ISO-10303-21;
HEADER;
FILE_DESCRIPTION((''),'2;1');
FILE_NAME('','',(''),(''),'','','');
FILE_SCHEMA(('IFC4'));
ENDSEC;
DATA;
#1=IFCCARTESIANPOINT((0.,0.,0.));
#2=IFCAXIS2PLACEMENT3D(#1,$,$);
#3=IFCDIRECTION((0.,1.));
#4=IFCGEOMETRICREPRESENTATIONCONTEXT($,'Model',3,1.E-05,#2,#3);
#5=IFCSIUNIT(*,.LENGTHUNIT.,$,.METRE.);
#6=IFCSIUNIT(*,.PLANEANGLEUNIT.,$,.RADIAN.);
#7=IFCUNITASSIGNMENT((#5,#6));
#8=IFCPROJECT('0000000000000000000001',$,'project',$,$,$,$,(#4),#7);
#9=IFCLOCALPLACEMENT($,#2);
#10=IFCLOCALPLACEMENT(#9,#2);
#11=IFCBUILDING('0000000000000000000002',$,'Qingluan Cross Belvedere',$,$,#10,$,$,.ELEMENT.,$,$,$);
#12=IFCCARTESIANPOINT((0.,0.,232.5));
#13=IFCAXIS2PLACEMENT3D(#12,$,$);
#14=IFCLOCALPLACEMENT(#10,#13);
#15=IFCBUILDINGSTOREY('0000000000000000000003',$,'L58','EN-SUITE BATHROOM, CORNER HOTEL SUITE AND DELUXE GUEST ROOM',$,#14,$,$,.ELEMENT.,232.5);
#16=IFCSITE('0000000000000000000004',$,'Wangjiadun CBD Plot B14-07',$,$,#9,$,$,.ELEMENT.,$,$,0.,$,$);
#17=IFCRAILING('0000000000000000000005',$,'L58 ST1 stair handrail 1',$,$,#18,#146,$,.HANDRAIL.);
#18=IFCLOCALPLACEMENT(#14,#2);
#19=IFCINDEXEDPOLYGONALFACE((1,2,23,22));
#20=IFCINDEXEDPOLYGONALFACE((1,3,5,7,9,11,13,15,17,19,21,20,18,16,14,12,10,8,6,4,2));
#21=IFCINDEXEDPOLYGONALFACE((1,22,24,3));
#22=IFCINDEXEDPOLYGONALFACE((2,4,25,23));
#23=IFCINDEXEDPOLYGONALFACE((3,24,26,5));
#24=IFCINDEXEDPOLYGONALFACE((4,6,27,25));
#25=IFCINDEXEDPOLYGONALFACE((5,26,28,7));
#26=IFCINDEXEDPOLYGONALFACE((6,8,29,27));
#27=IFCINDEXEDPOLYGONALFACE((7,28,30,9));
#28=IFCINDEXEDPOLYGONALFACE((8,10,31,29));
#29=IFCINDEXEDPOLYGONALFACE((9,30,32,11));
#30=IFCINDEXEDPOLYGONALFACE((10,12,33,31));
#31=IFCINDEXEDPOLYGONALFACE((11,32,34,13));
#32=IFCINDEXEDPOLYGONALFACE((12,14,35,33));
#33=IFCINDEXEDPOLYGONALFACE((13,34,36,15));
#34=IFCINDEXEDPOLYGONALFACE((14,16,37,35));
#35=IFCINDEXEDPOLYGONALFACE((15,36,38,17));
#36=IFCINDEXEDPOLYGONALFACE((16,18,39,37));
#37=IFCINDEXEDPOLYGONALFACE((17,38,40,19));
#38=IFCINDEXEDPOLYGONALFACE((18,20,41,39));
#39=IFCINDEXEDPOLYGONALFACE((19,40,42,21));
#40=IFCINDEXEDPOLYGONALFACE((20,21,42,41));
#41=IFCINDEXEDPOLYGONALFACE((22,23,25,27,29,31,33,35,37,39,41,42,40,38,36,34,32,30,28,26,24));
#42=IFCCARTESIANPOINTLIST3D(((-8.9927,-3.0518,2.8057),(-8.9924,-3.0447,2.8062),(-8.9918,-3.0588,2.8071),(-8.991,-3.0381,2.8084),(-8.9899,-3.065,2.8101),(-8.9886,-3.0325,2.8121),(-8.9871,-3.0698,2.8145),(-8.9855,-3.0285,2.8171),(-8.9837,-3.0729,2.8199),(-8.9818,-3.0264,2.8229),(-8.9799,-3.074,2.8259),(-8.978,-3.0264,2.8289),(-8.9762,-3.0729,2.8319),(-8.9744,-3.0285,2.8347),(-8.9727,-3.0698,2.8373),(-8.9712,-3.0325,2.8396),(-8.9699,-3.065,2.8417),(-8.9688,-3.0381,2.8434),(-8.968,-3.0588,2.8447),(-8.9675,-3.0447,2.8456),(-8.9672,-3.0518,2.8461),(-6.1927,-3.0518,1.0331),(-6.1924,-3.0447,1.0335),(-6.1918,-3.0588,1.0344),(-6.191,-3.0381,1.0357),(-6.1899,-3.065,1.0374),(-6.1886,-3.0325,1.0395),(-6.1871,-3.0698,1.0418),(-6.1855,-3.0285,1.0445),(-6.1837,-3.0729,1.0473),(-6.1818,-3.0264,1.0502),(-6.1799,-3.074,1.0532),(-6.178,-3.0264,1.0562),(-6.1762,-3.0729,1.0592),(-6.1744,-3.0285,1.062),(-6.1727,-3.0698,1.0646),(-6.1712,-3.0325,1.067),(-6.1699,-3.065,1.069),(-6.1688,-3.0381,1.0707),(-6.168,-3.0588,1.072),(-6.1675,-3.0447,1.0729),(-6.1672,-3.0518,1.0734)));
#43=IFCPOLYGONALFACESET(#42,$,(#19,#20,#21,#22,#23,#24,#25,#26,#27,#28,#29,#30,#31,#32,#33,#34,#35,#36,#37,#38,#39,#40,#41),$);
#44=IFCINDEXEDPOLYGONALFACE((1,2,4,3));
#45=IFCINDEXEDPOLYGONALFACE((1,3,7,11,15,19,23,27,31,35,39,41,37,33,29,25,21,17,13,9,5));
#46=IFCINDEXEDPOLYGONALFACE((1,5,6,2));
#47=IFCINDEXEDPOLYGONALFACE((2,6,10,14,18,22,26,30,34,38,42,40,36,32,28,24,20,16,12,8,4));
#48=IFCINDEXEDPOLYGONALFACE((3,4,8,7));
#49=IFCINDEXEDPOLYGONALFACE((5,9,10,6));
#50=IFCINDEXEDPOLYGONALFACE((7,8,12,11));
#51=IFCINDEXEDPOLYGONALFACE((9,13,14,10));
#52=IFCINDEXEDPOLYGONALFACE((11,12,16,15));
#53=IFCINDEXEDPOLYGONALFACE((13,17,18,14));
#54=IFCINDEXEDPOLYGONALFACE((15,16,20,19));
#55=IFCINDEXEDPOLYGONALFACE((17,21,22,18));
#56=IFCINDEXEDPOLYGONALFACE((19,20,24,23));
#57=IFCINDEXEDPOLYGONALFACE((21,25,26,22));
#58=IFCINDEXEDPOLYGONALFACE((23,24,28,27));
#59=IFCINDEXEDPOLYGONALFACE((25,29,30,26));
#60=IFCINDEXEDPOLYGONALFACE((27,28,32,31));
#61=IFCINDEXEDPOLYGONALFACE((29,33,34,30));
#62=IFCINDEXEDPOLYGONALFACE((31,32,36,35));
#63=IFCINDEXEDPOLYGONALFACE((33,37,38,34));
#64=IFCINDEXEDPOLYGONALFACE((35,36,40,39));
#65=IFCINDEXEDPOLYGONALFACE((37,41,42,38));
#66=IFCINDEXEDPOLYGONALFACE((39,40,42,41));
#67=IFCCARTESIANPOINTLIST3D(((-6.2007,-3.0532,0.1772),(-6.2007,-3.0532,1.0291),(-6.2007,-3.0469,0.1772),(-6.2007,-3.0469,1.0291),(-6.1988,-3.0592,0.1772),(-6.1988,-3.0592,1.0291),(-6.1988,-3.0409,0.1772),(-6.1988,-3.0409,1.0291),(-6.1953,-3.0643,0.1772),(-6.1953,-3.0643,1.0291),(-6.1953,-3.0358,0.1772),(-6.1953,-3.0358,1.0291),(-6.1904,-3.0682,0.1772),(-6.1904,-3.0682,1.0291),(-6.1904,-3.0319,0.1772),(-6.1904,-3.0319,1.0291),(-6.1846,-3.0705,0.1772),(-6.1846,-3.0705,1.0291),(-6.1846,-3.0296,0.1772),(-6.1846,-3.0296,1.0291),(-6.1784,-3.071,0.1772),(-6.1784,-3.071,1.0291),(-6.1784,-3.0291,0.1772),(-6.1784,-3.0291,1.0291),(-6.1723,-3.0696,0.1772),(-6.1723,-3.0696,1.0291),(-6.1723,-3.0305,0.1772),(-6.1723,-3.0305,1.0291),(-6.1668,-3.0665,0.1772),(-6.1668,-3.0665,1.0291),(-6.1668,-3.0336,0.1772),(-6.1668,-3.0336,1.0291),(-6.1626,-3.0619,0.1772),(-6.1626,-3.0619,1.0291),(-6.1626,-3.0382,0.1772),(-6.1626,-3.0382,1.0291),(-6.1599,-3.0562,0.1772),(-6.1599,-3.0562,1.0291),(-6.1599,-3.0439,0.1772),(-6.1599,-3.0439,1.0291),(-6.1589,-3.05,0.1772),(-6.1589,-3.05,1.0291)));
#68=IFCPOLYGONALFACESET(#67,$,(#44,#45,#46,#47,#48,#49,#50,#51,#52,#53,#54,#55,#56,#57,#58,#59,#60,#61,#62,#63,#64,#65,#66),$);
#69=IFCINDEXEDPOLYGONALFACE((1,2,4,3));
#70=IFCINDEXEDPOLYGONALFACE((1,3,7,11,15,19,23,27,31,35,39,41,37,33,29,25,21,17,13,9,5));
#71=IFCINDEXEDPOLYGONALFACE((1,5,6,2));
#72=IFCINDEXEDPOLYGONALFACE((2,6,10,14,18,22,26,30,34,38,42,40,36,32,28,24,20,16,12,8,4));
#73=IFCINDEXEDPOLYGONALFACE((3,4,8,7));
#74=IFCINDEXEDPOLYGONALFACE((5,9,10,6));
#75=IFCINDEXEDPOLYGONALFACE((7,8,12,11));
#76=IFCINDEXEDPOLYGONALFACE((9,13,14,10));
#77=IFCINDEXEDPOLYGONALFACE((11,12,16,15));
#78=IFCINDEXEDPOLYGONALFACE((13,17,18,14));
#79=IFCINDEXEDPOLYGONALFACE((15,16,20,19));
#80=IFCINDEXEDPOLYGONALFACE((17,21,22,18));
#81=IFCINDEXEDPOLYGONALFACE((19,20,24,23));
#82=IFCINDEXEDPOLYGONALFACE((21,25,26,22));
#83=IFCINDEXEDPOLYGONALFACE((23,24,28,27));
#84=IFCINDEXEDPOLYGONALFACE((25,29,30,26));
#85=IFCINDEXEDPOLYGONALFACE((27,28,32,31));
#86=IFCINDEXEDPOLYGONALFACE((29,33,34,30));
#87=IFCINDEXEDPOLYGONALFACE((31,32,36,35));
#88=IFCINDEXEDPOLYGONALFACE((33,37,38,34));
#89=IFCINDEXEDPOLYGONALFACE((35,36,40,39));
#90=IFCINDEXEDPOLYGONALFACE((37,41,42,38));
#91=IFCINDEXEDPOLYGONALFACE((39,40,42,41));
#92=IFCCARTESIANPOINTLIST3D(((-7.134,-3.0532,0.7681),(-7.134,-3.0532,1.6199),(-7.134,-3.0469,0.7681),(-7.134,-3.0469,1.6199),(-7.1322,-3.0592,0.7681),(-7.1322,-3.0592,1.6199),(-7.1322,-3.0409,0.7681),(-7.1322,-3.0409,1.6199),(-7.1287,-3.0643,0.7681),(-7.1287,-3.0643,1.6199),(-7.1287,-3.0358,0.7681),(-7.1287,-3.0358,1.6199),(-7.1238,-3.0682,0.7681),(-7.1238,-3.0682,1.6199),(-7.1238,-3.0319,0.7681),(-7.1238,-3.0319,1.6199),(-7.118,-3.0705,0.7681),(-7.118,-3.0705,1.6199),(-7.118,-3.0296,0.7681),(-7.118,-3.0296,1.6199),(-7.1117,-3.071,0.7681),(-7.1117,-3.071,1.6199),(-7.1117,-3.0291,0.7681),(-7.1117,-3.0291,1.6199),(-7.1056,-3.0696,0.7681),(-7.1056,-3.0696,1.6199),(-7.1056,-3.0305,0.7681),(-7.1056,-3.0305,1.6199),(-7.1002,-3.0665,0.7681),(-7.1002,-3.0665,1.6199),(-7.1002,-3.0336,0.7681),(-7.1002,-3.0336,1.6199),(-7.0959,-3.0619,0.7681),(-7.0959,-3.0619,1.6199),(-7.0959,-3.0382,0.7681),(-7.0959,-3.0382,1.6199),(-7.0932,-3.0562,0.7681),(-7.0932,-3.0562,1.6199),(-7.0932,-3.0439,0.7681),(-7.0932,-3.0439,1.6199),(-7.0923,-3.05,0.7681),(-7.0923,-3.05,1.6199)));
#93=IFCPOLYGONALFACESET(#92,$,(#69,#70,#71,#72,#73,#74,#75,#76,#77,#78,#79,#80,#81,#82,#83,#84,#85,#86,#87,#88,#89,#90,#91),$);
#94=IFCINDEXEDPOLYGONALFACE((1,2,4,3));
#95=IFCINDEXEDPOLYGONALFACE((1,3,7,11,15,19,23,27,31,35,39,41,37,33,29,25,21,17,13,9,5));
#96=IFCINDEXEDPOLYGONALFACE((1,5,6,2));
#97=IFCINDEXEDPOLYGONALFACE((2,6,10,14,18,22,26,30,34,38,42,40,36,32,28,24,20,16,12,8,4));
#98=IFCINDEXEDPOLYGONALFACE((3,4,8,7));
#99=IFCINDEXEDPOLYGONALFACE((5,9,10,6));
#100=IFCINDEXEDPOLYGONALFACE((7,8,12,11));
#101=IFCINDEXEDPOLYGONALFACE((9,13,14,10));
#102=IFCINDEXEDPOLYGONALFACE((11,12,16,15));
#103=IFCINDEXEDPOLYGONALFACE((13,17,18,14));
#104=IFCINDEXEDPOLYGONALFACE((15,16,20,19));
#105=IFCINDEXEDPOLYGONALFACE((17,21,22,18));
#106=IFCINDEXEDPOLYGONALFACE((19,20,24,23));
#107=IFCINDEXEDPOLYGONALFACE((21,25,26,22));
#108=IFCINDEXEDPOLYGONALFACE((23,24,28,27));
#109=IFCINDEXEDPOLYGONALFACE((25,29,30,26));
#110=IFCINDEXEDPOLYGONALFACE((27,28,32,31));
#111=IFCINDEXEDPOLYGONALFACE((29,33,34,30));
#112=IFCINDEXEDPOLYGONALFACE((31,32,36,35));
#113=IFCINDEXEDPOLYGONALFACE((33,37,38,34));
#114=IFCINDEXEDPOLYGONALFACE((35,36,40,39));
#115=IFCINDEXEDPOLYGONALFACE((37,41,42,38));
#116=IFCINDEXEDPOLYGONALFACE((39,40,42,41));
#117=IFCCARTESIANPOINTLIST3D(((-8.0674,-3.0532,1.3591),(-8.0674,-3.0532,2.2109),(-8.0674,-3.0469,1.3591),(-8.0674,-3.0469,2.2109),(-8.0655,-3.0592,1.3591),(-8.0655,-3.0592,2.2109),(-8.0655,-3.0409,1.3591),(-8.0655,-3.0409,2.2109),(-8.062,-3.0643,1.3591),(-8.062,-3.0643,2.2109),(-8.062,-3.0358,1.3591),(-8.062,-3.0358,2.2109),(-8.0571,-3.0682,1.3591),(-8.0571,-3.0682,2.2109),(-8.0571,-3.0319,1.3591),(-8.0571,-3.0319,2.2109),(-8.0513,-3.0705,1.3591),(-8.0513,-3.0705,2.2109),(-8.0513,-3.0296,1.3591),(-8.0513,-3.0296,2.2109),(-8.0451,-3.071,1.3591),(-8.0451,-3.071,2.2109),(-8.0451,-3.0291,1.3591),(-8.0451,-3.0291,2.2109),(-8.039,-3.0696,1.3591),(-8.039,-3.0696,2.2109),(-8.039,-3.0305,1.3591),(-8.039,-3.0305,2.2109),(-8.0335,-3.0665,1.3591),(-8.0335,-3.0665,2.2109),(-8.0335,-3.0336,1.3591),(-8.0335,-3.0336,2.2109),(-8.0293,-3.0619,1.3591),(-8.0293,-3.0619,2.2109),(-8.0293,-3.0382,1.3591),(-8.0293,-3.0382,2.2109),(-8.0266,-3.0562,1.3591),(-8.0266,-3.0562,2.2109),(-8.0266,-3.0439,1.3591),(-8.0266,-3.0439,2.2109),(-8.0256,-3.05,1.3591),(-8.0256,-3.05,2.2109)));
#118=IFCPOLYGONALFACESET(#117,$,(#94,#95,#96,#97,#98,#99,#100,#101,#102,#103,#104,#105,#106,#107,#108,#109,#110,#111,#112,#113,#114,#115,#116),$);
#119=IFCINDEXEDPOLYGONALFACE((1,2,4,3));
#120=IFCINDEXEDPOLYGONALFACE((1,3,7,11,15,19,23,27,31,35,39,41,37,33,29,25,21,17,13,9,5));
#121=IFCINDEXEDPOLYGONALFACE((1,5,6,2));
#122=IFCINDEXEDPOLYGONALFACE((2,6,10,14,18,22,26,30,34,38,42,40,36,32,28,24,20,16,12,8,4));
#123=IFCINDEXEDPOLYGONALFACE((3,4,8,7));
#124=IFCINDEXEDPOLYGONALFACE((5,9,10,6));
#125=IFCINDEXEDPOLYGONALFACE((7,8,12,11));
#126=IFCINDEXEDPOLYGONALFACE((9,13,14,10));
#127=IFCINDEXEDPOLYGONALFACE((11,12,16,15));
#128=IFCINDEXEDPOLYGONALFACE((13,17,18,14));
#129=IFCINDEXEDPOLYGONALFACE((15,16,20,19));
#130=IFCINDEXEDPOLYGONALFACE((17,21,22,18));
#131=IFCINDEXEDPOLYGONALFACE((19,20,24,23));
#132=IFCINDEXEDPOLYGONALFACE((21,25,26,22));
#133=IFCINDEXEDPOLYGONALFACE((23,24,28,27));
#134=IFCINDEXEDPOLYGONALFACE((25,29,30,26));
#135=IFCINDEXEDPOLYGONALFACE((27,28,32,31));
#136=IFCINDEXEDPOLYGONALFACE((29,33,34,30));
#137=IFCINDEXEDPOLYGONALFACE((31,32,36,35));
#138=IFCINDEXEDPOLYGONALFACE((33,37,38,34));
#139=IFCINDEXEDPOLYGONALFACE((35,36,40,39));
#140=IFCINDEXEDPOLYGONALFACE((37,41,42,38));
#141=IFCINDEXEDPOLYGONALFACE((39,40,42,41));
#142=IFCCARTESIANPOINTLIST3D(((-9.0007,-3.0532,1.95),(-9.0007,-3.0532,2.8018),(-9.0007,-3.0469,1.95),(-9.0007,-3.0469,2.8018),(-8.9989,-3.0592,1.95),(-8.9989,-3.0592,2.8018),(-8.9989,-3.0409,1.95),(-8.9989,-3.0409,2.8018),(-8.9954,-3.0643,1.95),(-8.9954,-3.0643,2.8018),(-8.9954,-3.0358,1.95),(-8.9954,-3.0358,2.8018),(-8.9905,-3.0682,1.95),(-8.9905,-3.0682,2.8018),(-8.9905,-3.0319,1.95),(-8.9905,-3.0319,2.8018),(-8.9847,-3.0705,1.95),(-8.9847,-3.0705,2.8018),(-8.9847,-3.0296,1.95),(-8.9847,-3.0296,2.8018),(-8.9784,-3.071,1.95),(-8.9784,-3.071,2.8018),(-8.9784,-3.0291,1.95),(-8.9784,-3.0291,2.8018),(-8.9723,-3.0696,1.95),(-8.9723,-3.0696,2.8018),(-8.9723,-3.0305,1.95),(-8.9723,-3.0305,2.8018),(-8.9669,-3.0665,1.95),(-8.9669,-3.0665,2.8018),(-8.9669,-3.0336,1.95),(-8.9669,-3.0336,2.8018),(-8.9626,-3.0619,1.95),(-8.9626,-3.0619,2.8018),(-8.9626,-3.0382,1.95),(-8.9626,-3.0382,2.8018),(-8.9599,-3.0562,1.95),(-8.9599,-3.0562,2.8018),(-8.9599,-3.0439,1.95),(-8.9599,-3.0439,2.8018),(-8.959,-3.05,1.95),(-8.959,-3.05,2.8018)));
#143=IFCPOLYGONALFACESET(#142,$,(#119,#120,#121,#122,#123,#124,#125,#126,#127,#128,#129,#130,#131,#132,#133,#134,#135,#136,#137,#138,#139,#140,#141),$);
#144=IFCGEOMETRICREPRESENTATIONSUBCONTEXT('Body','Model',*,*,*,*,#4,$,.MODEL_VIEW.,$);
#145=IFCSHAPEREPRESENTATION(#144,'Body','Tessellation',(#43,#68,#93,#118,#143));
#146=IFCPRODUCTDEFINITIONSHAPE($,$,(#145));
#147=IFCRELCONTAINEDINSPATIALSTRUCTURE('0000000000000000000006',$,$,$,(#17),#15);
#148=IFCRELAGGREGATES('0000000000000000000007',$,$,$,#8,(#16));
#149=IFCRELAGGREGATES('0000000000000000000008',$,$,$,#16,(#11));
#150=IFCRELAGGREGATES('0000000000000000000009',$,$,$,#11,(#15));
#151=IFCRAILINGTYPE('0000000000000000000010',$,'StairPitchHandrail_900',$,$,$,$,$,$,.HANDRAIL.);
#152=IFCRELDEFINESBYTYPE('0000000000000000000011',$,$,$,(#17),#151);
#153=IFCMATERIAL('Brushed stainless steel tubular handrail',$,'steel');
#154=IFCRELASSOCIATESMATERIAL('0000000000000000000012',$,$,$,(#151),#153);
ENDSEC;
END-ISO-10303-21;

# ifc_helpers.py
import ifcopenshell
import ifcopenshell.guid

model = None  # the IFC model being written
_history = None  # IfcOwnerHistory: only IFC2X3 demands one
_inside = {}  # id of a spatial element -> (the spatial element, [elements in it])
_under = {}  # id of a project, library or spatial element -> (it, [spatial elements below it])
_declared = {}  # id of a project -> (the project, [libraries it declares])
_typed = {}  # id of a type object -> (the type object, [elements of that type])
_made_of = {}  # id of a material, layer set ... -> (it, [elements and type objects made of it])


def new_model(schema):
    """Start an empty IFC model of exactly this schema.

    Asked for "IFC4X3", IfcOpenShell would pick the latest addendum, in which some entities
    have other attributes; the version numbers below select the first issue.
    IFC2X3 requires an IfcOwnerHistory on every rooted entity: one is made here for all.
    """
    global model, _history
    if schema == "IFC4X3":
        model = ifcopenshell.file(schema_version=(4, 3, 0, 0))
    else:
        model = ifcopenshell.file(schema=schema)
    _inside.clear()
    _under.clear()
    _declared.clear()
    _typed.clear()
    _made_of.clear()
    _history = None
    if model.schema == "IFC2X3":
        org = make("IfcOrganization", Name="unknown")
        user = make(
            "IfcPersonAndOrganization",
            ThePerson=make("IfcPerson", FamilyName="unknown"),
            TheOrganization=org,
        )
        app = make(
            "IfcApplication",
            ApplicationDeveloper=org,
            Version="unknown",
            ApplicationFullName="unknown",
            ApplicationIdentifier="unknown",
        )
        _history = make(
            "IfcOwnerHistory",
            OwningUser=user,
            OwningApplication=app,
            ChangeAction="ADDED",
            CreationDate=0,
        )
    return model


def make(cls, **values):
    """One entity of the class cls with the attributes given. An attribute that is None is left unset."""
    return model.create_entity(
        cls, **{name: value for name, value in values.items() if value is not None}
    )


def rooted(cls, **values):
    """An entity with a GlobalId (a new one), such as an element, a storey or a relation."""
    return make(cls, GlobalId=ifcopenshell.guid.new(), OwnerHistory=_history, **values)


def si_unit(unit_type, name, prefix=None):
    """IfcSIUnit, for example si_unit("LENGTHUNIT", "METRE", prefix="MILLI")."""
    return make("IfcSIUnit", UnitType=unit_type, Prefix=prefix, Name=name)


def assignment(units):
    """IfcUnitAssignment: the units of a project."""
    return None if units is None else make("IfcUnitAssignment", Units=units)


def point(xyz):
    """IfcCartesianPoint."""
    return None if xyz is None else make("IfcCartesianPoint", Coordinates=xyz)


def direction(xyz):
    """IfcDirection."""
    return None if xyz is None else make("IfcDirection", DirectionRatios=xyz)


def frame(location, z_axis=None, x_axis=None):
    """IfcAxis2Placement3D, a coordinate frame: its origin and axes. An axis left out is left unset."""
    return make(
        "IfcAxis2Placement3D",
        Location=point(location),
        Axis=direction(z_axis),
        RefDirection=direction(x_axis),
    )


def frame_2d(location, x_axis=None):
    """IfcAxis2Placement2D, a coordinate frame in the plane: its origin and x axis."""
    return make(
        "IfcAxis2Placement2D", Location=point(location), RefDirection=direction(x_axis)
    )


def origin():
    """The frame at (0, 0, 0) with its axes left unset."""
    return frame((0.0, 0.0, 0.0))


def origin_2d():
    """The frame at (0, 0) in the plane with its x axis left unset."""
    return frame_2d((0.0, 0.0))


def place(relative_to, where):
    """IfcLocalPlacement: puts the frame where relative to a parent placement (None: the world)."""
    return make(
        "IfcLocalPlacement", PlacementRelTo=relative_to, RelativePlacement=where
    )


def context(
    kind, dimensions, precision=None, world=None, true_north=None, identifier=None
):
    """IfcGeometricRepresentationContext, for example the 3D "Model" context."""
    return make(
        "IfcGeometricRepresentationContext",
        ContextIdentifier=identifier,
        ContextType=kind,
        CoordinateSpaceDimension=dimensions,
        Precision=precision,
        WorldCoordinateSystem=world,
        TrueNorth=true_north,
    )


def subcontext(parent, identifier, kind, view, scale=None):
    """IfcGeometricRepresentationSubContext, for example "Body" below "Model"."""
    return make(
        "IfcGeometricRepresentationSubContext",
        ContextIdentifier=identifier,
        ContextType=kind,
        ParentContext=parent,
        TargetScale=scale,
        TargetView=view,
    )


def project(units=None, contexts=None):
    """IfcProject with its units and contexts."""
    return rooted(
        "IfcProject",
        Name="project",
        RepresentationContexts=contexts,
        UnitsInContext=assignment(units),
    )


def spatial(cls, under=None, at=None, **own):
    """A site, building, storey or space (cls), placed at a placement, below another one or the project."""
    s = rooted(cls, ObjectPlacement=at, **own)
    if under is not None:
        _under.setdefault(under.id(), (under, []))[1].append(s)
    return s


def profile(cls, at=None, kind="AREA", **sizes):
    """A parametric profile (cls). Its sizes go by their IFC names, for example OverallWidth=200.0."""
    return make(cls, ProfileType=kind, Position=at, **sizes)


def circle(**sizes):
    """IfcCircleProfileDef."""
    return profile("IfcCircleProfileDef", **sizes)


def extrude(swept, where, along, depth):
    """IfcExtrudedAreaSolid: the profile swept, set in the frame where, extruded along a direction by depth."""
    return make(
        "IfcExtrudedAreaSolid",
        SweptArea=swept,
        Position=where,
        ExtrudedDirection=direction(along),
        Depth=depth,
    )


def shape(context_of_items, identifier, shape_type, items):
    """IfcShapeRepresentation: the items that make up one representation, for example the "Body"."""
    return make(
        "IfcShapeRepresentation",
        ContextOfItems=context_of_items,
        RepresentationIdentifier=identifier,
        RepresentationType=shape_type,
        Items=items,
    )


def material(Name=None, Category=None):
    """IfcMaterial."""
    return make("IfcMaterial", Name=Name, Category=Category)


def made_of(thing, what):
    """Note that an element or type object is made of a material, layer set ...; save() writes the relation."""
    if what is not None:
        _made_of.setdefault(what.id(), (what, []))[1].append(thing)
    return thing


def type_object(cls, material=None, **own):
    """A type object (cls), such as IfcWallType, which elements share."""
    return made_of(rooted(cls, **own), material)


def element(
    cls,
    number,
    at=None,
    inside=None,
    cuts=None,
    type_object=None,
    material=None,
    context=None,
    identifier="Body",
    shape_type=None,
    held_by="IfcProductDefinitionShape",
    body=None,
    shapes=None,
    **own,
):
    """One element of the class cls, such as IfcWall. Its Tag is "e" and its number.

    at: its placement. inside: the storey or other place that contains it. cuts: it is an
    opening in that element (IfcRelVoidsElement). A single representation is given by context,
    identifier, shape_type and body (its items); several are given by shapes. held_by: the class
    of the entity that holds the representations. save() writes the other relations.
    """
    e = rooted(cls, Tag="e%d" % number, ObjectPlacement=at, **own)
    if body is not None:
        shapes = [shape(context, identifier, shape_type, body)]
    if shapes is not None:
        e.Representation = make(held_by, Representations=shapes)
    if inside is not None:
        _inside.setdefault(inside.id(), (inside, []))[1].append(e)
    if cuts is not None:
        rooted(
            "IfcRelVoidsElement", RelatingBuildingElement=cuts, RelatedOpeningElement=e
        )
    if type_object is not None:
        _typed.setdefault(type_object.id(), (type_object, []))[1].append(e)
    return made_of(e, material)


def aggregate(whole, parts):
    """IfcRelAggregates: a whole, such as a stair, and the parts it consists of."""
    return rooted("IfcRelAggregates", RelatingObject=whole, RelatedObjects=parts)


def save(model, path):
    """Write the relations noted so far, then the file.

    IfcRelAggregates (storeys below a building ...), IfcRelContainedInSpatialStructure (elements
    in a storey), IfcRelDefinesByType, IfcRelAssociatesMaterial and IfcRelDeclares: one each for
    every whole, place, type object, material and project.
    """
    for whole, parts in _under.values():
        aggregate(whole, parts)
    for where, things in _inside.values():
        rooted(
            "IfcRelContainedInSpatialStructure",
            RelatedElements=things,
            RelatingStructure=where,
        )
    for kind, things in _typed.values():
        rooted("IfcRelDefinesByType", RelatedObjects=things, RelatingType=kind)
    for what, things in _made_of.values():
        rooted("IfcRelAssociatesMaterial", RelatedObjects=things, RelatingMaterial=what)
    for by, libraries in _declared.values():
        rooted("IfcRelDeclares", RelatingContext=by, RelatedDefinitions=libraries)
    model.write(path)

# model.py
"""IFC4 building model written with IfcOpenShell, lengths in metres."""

from ifc_helpers import new_model, si_unit, direction, frame, origin, origin_2d, place, context, subcontext, project, spatial, circle, extrude, material, type_object, element, save


model = new_model("IFC4")

# Units and contexts
model_context = context("Model", 3, precision=1e-05, world=origin(), true_north=direction((0.0, 1.0)))
body_context = subcontext(model_context, "Body", "Model", "MODEL_VIEW")
ifc_project = project(units=[si_unit("LENGTHUNIT", "METRE"), si_unit("PLANEANGLEUNIT", "RADIAN")], contexts=[model_context])

# Site, building, storey
site_placement = place(None, origin())
site = spatial("IfcSite", under=ifc_project, at=site_placement, Name="Wangjiadun CBD Plot B14-07", CompositionType="ELEMENT", RefElevation=0.0)
building_placement = place(site_placement, origin())
building = spatial("IfcBuilding", under=site, at=building_placement, Name="Qingluan Cross Belvedere", CompositionType="ELEMENT")
storey_placement = place(building_placement, frame((0.0, 0.0, 232.5)))
storey = spatial("IfcBuildingStorey", under=building, at=storey_placement, Name="L58", Description="EN-SUITE BATHROOM, CORNER HOTEL SUITE AND DELUXE GUEST ROOM", CompositionType="ELEMENT", Elevation=232.5)

# Railing
ifc_material_1 = material(Name="Brushed stainless steel tubular handrail", Category="steel")
railing_type_1 = type_object("IfcRailingType", Name="StairPitchHandrail_900", PredefinedType="HANDRAIL", material=ifc_material_1)
railing_1_placement = place(storey_placement, frame((-6.1799, -3.05, 0.1772)))
element("IfcRailing", 1, at=railing_1_placement, inside=storey, type_object=railing_type_1, Name="L58 ST1 stair handrail 1", PredefinedType="HANDRAIL", context=body_context, shape_type="SweptSolid", body=[
    extrude(circle(Radius=0.0239, at=origin_2d()), frame((0.0, 0.0, 0.876), z_axis=(-0.844909, 0.0, 0.53491), x_axis=(0.0, -1.0, 0.0)), (0.0, 0.0, 1.0), 3.314),
    extrude(circle(Radius=0.021, at=origin_2d()), origin(), (0.0, 0.0, 1.0), 0.8518),
    extrude(circle(Radius=0.021, at=origin_2d()), frame((-0.9333, 0.0, 0.5908)), (0.0, 0.0, 1.0), 0.8518),
    extrude(circle(Radius=0.021, at=origin_2d()), frame((-1.8667, 0.0, 1.1819)), (0.0, 0.0, 1.0), 0.8518),
    extrude(circle(Radius=0.021, at=origin_2d()), frame((-2.8, 0.0, 1.7727)), (0.0, 0.0, 1.0), 0.8518),
])

save(model, "model.ifc")
